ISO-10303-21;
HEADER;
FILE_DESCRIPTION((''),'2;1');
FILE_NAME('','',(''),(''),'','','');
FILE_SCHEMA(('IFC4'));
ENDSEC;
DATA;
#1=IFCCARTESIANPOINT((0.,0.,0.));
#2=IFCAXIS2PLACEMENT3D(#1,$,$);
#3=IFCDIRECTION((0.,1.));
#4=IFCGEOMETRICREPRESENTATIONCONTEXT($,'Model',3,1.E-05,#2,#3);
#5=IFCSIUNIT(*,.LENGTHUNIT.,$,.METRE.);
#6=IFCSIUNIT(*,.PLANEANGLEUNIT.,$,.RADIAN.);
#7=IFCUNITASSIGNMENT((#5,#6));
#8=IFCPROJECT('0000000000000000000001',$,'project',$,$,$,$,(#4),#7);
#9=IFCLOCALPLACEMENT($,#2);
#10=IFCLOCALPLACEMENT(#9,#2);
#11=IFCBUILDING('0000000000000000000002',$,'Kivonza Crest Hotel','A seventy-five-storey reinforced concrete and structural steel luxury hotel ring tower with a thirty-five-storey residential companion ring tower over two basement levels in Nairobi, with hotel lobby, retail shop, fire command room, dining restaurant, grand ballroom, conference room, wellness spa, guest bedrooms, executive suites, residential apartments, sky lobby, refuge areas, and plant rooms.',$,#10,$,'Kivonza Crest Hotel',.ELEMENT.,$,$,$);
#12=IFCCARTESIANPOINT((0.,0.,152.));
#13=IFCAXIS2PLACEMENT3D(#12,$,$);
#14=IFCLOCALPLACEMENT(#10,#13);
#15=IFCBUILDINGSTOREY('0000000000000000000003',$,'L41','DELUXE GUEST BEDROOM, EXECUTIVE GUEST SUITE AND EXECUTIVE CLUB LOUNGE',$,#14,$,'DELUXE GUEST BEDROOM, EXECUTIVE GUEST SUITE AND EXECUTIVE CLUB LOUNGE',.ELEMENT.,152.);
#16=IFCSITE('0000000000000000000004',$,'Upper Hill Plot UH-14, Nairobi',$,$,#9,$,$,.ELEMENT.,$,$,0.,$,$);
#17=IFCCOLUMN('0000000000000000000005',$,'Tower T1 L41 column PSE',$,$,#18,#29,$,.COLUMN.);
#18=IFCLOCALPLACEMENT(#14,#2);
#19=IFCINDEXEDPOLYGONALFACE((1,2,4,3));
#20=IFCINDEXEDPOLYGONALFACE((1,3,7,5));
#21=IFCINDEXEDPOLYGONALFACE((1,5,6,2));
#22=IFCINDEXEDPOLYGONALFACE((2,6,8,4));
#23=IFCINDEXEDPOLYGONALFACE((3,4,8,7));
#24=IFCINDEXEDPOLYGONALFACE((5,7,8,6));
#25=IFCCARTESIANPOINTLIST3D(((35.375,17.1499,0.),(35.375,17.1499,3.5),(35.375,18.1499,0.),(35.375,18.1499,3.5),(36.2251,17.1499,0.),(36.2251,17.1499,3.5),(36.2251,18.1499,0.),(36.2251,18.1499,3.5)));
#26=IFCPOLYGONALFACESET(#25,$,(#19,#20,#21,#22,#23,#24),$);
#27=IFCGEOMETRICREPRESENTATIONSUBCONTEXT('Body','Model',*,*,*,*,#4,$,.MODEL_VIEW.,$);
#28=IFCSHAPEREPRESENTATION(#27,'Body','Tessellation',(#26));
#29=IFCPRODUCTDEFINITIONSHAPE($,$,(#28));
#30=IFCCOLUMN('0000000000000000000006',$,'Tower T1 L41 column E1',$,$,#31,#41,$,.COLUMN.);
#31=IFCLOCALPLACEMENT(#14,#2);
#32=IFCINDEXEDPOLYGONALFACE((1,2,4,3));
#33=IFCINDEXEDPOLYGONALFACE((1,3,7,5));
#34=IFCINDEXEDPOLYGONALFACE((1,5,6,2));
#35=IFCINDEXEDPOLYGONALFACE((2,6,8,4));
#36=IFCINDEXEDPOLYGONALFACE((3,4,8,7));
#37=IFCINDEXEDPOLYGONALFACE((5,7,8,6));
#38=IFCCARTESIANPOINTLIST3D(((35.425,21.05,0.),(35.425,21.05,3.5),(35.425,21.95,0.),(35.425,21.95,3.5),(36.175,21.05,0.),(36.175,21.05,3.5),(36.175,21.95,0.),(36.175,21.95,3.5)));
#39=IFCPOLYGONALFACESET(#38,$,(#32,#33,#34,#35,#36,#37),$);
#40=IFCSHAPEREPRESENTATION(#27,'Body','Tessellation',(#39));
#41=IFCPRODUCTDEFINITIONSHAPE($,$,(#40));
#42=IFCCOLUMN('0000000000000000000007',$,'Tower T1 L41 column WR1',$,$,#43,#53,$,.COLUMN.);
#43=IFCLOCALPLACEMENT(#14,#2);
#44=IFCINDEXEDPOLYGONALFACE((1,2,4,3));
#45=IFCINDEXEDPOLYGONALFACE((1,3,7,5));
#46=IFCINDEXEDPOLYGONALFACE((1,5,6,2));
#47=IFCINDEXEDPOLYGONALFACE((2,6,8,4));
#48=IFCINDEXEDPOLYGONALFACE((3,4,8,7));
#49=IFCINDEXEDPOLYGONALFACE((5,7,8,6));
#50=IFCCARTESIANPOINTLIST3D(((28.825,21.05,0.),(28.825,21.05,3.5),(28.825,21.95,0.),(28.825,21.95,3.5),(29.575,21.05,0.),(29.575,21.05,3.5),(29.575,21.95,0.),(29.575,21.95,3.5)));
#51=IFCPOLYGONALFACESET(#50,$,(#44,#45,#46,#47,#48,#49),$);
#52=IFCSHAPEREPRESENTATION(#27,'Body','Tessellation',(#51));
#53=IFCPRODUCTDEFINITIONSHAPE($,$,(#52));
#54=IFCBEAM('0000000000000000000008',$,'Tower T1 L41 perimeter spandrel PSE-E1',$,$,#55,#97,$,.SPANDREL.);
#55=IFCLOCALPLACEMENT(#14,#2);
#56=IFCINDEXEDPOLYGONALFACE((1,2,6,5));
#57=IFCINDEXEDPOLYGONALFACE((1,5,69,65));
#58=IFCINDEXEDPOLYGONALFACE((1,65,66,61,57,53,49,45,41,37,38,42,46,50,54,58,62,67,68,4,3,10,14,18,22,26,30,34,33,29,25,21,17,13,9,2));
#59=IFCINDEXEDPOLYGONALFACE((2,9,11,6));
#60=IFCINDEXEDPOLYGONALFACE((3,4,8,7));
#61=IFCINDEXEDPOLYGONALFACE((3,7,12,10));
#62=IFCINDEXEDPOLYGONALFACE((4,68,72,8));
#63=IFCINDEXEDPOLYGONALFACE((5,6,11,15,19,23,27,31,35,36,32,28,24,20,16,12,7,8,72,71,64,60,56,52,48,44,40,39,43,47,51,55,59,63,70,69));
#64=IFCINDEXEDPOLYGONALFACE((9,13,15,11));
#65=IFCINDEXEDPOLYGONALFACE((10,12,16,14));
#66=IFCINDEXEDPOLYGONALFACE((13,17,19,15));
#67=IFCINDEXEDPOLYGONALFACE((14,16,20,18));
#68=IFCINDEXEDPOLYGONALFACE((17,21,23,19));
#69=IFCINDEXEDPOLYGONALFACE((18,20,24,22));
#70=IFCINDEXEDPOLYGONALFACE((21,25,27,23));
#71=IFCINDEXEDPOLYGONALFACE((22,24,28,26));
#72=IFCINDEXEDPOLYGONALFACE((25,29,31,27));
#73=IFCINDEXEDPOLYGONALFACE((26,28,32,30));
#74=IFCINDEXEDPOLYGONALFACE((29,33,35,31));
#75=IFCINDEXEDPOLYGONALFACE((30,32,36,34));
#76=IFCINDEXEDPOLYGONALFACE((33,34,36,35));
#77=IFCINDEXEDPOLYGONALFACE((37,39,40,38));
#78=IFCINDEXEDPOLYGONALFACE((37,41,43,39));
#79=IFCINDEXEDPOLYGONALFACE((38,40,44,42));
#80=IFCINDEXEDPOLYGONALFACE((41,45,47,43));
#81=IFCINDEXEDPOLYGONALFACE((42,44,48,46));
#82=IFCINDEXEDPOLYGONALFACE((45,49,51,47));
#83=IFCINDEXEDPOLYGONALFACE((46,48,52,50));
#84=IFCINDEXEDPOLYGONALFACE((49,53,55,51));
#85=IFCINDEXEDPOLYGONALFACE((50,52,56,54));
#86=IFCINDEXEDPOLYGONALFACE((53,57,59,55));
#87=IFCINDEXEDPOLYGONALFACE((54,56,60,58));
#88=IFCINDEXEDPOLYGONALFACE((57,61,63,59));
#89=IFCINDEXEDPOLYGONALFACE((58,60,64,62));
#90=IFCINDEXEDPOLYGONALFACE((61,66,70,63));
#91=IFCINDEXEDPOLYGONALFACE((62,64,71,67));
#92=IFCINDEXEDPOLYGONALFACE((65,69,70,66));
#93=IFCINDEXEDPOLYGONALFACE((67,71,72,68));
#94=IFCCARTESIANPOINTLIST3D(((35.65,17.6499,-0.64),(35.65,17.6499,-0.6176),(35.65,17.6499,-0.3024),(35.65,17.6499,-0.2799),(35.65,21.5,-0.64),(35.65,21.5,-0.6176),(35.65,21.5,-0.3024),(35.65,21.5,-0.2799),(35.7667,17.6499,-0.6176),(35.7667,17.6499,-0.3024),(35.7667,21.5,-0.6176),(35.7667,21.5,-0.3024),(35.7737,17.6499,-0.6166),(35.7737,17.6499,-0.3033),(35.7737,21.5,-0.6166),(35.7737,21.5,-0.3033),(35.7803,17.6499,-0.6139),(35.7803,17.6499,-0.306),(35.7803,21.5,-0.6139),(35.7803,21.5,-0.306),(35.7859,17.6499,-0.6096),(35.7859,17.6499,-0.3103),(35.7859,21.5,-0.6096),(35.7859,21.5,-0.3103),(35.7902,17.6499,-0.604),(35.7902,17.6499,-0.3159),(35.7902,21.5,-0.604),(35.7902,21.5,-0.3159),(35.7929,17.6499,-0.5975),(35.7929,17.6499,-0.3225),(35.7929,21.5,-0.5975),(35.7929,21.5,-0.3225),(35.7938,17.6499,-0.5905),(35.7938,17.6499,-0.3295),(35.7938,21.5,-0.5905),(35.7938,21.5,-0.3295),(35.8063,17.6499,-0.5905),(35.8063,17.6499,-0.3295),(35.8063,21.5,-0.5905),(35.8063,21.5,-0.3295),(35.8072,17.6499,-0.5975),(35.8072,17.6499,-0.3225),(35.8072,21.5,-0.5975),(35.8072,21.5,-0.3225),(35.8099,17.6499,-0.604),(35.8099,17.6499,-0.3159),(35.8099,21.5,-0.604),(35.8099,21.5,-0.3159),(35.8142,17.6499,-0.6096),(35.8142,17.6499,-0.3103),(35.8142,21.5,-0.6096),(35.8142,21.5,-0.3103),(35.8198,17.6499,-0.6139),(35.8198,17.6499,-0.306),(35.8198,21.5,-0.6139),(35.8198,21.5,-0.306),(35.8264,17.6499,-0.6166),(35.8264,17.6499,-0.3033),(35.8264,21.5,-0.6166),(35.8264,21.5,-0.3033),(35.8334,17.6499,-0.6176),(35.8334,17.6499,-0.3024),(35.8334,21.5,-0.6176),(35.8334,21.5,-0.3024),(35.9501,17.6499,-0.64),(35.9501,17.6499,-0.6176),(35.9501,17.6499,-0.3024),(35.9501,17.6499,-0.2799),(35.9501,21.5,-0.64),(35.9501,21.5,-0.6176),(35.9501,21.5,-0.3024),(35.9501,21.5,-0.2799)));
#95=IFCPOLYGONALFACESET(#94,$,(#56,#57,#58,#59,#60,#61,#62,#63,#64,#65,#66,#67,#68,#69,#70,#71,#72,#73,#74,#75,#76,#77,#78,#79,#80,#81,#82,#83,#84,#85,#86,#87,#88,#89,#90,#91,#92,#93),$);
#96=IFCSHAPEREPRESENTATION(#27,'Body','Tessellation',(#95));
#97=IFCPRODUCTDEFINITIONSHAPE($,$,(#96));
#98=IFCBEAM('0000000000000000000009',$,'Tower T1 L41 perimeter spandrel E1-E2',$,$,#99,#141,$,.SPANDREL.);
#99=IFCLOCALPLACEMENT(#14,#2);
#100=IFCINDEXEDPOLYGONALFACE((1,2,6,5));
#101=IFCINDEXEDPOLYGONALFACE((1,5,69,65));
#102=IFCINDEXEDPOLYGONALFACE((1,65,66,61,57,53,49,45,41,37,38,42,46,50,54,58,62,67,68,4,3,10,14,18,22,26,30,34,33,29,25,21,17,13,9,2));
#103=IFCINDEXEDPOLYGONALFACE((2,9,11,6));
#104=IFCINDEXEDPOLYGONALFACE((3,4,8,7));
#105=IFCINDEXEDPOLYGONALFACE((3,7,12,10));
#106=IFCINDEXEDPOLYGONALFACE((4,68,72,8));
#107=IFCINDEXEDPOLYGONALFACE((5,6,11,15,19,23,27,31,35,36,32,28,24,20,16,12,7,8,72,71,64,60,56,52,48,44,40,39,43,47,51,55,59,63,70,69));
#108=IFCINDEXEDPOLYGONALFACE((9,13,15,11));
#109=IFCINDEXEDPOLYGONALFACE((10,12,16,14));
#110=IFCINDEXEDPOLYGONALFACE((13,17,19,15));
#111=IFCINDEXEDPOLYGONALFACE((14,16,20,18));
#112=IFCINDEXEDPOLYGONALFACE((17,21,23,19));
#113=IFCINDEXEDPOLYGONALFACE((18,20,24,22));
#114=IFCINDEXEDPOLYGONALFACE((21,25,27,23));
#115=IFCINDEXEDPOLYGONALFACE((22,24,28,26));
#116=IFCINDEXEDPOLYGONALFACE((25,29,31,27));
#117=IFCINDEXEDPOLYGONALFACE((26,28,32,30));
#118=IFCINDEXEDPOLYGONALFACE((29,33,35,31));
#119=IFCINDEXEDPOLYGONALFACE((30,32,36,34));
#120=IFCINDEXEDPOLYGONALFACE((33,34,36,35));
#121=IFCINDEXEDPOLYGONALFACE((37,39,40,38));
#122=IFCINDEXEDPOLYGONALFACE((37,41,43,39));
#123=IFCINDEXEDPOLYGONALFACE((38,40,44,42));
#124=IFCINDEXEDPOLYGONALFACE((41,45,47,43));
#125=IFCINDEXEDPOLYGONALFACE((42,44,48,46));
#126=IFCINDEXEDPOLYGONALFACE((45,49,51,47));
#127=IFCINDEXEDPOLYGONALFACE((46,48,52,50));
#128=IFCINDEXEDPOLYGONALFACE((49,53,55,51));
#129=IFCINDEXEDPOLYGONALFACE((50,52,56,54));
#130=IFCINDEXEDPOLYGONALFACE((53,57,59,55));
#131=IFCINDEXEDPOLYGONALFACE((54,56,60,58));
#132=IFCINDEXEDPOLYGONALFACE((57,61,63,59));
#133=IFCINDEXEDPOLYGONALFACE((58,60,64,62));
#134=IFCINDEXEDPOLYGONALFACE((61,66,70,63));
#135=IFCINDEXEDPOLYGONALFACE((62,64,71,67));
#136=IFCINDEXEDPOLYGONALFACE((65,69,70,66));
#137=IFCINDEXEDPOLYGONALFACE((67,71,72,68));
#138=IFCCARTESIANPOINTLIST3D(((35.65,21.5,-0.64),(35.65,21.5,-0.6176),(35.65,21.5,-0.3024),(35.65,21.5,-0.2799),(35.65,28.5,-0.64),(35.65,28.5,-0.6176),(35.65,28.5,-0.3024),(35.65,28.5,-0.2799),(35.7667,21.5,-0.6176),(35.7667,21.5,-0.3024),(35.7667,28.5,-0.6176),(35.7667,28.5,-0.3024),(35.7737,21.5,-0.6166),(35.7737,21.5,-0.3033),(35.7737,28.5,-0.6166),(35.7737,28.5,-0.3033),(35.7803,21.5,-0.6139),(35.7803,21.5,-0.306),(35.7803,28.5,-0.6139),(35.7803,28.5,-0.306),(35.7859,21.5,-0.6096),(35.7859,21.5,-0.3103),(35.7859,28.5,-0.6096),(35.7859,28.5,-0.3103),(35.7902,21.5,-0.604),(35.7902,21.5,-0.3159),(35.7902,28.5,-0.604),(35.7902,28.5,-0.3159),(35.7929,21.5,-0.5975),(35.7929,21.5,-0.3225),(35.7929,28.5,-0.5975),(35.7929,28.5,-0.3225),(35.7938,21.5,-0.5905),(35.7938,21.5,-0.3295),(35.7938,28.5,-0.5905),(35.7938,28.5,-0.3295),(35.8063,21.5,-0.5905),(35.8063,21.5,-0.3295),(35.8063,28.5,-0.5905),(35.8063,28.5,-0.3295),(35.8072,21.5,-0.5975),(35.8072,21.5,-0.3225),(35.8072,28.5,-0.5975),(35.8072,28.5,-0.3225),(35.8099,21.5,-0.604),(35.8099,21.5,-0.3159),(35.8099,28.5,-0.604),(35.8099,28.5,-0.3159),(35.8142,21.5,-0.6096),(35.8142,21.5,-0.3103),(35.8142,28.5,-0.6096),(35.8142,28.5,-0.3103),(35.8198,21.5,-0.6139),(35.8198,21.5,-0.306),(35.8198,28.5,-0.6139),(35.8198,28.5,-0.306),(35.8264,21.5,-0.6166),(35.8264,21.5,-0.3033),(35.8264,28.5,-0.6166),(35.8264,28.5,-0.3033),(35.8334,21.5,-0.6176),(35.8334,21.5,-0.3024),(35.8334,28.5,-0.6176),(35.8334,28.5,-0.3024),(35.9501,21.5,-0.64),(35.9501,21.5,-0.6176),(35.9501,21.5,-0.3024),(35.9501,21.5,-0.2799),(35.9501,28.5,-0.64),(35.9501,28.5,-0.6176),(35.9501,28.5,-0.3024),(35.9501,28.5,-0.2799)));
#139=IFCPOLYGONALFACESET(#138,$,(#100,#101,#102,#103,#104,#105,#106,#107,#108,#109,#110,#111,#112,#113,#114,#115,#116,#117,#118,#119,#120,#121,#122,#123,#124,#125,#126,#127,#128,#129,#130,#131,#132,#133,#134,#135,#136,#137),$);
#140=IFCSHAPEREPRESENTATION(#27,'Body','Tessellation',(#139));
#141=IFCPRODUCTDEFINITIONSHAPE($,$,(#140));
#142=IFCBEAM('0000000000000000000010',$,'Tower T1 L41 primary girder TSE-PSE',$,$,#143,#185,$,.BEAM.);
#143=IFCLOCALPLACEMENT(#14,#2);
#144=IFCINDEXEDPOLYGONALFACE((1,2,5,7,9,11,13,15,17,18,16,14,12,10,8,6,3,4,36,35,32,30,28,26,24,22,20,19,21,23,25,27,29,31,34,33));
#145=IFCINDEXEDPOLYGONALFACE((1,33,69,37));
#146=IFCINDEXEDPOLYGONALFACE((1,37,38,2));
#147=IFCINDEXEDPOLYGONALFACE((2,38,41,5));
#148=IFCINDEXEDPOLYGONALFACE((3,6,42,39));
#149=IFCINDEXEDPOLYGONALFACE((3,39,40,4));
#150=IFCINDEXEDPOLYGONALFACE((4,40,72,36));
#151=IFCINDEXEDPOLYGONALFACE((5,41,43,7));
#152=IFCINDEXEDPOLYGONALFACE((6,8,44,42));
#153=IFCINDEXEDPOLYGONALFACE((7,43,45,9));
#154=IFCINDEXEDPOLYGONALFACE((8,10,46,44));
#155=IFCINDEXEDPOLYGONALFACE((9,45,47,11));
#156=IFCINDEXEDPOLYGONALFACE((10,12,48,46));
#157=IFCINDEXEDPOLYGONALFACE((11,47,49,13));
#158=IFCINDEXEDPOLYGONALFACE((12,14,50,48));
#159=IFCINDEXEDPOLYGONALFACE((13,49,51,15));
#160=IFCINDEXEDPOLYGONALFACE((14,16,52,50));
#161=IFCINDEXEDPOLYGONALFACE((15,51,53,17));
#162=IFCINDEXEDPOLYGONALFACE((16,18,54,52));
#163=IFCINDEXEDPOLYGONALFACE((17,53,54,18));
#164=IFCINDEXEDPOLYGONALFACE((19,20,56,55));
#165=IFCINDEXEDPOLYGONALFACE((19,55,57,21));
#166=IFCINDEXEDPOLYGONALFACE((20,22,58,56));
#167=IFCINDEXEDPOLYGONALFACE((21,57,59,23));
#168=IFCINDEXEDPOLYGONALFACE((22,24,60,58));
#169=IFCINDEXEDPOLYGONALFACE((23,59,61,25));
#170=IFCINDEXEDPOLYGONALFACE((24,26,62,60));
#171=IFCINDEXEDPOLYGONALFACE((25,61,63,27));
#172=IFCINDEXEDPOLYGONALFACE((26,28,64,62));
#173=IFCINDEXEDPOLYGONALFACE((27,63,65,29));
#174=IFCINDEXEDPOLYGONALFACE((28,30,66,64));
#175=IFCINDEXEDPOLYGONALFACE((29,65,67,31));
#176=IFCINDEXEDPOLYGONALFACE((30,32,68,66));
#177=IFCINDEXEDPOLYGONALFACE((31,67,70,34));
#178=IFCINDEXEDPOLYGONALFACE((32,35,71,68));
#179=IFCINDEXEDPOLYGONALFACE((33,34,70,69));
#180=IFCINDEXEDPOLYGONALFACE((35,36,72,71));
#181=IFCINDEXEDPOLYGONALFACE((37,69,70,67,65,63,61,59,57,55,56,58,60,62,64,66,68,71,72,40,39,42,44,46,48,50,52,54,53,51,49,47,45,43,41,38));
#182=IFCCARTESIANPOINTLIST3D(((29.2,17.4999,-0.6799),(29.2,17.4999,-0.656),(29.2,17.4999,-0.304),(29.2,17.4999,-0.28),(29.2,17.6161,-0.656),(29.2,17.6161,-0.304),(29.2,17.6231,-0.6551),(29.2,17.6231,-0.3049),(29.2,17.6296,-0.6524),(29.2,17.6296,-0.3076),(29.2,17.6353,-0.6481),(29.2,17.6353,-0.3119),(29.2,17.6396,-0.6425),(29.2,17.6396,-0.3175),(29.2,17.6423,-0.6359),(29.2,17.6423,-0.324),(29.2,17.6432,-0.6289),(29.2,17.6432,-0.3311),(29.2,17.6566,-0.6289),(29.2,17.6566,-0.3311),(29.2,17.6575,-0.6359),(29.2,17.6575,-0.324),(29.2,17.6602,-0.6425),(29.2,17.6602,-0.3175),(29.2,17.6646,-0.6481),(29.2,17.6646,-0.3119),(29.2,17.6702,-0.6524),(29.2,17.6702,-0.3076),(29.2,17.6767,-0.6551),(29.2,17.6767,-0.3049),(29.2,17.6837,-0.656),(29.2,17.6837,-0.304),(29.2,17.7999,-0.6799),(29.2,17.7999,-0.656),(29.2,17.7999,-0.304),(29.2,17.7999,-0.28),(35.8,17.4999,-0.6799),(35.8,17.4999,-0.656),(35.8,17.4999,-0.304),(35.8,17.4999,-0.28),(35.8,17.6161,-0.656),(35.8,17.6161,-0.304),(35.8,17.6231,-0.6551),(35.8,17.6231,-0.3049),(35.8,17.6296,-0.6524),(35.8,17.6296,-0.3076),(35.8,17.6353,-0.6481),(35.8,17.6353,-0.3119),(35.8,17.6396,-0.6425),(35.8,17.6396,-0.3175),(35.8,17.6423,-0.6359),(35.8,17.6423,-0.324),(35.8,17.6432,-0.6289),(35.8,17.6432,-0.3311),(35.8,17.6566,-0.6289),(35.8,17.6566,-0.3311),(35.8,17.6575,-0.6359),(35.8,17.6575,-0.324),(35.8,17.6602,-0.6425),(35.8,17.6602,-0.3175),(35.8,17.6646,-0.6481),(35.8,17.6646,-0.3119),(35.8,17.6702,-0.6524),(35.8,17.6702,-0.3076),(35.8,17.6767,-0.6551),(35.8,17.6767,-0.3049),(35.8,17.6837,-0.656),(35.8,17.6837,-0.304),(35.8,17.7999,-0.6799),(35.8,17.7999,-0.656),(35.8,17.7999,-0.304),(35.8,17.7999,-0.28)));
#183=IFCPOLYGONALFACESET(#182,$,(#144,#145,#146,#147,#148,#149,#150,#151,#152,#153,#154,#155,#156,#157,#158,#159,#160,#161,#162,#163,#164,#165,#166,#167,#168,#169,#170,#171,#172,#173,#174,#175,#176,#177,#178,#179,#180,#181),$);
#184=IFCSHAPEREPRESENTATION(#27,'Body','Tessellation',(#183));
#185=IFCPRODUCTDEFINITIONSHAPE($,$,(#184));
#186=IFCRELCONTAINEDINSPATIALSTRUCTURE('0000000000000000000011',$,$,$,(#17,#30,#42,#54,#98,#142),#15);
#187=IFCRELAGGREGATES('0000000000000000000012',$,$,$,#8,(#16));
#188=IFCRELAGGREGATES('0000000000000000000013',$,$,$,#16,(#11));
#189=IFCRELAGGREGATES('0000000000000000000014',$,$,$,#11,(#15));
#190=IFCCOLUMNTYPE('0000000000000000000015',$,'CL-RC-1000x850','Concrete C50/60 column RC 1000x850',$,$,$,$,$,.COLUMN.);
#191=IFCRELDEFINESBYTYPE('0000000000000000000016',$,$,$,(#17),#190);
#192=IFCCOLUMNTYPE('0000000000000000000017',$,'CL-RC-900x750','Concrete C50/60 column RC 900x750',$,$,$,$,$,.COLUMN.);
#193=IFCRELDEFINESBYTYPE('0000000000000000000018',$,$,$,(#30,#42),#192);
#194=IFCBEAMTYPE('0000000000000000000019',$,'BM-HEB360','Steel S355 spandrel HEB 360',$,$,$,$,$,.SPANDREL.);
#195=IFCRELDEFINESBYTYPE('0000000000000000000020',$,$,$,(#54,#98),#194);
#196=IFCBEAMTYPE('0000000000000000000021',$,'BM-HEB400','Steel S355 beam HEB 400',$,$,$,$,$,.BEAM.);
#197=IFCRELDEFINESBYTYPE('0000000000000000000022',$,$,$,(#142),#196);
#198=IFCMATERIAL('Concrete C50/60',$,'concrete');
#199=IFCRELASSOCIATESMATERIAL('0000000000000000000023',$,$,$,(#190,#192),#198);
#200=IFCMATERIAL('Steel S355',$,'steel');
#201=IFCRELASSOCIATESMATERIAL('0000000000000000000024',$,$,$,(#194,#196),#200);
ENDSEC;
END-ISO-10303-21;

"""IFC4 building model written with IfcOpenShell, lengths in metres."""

from ifc_helpers import new_model, si_unit, direction, frame, origin, origin_2d, place, context, subcontext, project, spatial, rectangle, i_section, extrude, material, material_profile, profile_set, type_object, element, save


model = new_model("IFC4")

# Units and contexts
model_context = context("Model", 3, precision=1e-05, world=origin(), true_north=direction((0.0, 1.0)))
body_context = subcontext(model_context, "Body", "Model", "MODEL_VIEW")
ifc_project = project(units=[si_unit("LENGTHUNIT", "METRE"), si_unit("PLANEANGLEUNIT", "RADIAN")], contexts=[model_context])

# Site, building, storey
site_placement = place(None, origin())
site = spatial("IfcSite", under=ifc_project, at=site_placement, Name="Upper Hill Plot UH-14, Nairobi", CompositionType="ELEMENT", RefElevation=0.0)
building_placement = place(site_placement, origin())
building = spatial("IfcBuilding", under=site, at=building_placement, Name="Kivonza Crest Hotel", Description="A seventy-five-storey reinforced concrete and structural steel luxury hotel ring tower with a thirty-five-storey residential companion ring tower over two basement levels in Nairobi, with hotel lobby, retail shop, fire command room, dining restaurant, grand ballroom, conference room, wellness spa, guest bedrooms, executive suites, residential apartments, sky lobby, refuge areas, and plant rooms.", LongName="Kivonza Crest Hotel", CompositionType="ELEMENT")
storey_placement = place(building_placement, frame((0.0, 0.0, 152.0)))
storey = spatial("IfcBuildingStorey", under=building, at=storey_placement, Name="L41", Description="DELUXE GUEST BEDROOM, EXECUTIVE GUEST SUITE AND EXECUTIVE CLUB LOUNGE", LongName="DELUXE GUEST BEDROOM, EXECUTIVE GUEST SUITE AND EXECUTIVE CLUB LOUNGE", CompositionType="ELEMENT", Elevation=152.0)

# Columns
ifc_material_1 = material(Name="Concrete C50/60", Category="concrete")
ifc_material_profile_1 = material_profile(ifc_material_1, rectangle(XDim=0.8501, YDim=1.0, at=origin_2d()), Name="RC 1000x850")
ifc_profile_set_1 = profile_set([ifc_material_profile_1], Name="Concrete C50/60")
column_type_1 = type_object("IfcColumnType", Name="CL-RC-1000x850", Description="Concrete C50/60 column RC 1000x850", PredefinedType="COLUMN", material=ifc_profile_set_1)
column_placement = place(storey_placement, frame((35.8, 17.6499, 0.0), z_axis=(0.0, 0.0, 1.0), x_axis=(1.0, 0.0, 0.0)))
element("IfcColumn", 1, at=column_placement, inside=storey, type_object=column_type_1, Name="Tower T1 L41 column PSE", PredefinedType="COLUMN", context=body_context, shape_type="SweptSolid", body=[
    extrude(rectangle(XDim=0.8501, YDim=1.0, at=origin_2d()), origin(), (0.0, 0.0, 1.0), 3.5),
])
ifc_material_profile_2 = material_profile(ifc_material_1, rectangle(XDim=0.75, YDim=0.8999, at=origin_2d()), Name="RC 900x750")
ifc_profile_set_2 = profile_set([ifc_material_profile_2], Name="Concrete C50/60")
column_type_2 = type_object("IfcColumnType", Name="CL-RC-900x750", Description="Concrete C50/60 column RC 900x750", PredefinedType="COLUMN", material=ifc_profile_set_2)
for number, where, z_axis, x_axis, name in (
    (2, (35.8, 21.5, 0.0), (0.0, 0.0, 1.0), (1.0, 0.0, 0.0), "Tower T1 L41 column E1"),
    (3, (29.2, 21.5, 0.0), (0.0, 0.0, 1.0), (1.0, 0.0, 0.0), "Tower T1 L41 column WR1"),
):
    element("IfcColumn", number, at=place(storey_placement, frame(where, z_axis=z_axis, x_axis=x_axis)), inside=storey, type_object=column_type_2, Name=name, PredefinedType="COLUMN", context=body_context, shape_type="SweptSolid", body=[
        extrude(rectangle(XDim=0.75, YDim=0.8999, at=origin_2d()), origin(), (0.0, 0.0, 1.0), 3.5),
    ])

# Beams
ifc_material_2 = material(Name="Steel S355", Category="steel")
ifc_material_profile_3 = material_profile(ifc_material_2, i_section(OverallWidth=0.3, OverallDepth=0.3601, WebThickness=0.0125, FlangeThickness=0.0225, FilletRadius=0.0271, at=origin_2d()), Name="HEB 360")
ifc_profile_set_3 = profile_set([ifc_material_profile_3], Name="Steel S355")
beam_type_1 = type_object("IfcBeamType", Name="BM-HEB360", Description="Steel S355 spandrel HEB 360", PredefinedType="SPANDREL", material=ifc_profile_set_3)
beam_1_placement = place(storey_placement, frame((35.8, 17.6499, -0.46), z_axis=(0.0, 1.0, 0.0), x_axis=(-1.0, 0.0, 0.0)))
element("IfcBeam", 4, at=beam_1_placement, inside=storey, type_object=beam_type_1, Name="Tower T1 L41 perimeter spandrel PSE-E1", PredefinedType="SPANDREL", context=body_context, shape_type="SweptSolid", body=[
    extrude(i_section(OverallWidth=0.3, OverallDepth=0.3601, WebThickness=0.0125, FlangeThickness=0.0225, FilletRadius=0.0271, at=origin_2d()), origin(), (0.0, 0.0, 1.0), 3.8501),
])
beam_2_placement = place(storey_placement, frame((35.8, 21.5, -0.46), z_axis=(0.0, 1.0, 0.0), x_axis=(-1.0, 0.0, 0.0)))
element("IfcBeam", 5, at=beam_2_placement, inside=storey, type_object=beam_type_1, Name="Tower T1 L41 perimeter spandrel E1-E2", PredefinedType="SPANDREL", context=body_context, shape_type="SweptSolid", body=[
    extrude(i_section(OverallWidth=0.3, OverallDepth=0.3601, WebThickness=0.0125, FlangeThickness=0.0225, FilletRadius=0.0271, at=origin_2d()), origin(), (0.0, 0.0, 1.0), 7.0),
])
ifc_material_profile_4 = material_profile(ifc_material_2, i_section(OverallWidth=0.3, OverallDepth=0.3999, WebThickness=0.0134, FlangeThickness=0.0239, FilletRadius=0.0271, at=origin_2d()), Name="HEB 400")
ifc_profile_set_4 = profile_set([ifc_material_profile_4], Name="Steel S355")
beam_type_2 = type_object("IfcBeamType", Name="BM-HEB400", Description="Steel S355 beam HEB 400", PredefinedType="BEAM", material=ifc_profile_set_4)
beam_3_placement = place(storey_placement, frame((29.2, 17.6499, -0.48), z_axis=(1.0, 0.0, 0.0), x_axis=(0.0, 1.0, 0.0)))
element("IfcBeam", 6, at=beam_3_placement, inside=storey, type_object=beam_type_2, Name="Tower T1 L41 primary girder TSE-PSE", PredefinedType="BEAM", context=body_context, shape_type="SweptSolid", body=[
    extrude(i_section(OverallWidth=0.3, OverallDepth=0.3999, WebThickness=0.0134, FlangeThickness=0.0239, FilletRadius=0.0271, at=origin_2d()), origin(), (0.0, 0.0, 1.0), 6.6001),
])

save(model, "model.ifc")
